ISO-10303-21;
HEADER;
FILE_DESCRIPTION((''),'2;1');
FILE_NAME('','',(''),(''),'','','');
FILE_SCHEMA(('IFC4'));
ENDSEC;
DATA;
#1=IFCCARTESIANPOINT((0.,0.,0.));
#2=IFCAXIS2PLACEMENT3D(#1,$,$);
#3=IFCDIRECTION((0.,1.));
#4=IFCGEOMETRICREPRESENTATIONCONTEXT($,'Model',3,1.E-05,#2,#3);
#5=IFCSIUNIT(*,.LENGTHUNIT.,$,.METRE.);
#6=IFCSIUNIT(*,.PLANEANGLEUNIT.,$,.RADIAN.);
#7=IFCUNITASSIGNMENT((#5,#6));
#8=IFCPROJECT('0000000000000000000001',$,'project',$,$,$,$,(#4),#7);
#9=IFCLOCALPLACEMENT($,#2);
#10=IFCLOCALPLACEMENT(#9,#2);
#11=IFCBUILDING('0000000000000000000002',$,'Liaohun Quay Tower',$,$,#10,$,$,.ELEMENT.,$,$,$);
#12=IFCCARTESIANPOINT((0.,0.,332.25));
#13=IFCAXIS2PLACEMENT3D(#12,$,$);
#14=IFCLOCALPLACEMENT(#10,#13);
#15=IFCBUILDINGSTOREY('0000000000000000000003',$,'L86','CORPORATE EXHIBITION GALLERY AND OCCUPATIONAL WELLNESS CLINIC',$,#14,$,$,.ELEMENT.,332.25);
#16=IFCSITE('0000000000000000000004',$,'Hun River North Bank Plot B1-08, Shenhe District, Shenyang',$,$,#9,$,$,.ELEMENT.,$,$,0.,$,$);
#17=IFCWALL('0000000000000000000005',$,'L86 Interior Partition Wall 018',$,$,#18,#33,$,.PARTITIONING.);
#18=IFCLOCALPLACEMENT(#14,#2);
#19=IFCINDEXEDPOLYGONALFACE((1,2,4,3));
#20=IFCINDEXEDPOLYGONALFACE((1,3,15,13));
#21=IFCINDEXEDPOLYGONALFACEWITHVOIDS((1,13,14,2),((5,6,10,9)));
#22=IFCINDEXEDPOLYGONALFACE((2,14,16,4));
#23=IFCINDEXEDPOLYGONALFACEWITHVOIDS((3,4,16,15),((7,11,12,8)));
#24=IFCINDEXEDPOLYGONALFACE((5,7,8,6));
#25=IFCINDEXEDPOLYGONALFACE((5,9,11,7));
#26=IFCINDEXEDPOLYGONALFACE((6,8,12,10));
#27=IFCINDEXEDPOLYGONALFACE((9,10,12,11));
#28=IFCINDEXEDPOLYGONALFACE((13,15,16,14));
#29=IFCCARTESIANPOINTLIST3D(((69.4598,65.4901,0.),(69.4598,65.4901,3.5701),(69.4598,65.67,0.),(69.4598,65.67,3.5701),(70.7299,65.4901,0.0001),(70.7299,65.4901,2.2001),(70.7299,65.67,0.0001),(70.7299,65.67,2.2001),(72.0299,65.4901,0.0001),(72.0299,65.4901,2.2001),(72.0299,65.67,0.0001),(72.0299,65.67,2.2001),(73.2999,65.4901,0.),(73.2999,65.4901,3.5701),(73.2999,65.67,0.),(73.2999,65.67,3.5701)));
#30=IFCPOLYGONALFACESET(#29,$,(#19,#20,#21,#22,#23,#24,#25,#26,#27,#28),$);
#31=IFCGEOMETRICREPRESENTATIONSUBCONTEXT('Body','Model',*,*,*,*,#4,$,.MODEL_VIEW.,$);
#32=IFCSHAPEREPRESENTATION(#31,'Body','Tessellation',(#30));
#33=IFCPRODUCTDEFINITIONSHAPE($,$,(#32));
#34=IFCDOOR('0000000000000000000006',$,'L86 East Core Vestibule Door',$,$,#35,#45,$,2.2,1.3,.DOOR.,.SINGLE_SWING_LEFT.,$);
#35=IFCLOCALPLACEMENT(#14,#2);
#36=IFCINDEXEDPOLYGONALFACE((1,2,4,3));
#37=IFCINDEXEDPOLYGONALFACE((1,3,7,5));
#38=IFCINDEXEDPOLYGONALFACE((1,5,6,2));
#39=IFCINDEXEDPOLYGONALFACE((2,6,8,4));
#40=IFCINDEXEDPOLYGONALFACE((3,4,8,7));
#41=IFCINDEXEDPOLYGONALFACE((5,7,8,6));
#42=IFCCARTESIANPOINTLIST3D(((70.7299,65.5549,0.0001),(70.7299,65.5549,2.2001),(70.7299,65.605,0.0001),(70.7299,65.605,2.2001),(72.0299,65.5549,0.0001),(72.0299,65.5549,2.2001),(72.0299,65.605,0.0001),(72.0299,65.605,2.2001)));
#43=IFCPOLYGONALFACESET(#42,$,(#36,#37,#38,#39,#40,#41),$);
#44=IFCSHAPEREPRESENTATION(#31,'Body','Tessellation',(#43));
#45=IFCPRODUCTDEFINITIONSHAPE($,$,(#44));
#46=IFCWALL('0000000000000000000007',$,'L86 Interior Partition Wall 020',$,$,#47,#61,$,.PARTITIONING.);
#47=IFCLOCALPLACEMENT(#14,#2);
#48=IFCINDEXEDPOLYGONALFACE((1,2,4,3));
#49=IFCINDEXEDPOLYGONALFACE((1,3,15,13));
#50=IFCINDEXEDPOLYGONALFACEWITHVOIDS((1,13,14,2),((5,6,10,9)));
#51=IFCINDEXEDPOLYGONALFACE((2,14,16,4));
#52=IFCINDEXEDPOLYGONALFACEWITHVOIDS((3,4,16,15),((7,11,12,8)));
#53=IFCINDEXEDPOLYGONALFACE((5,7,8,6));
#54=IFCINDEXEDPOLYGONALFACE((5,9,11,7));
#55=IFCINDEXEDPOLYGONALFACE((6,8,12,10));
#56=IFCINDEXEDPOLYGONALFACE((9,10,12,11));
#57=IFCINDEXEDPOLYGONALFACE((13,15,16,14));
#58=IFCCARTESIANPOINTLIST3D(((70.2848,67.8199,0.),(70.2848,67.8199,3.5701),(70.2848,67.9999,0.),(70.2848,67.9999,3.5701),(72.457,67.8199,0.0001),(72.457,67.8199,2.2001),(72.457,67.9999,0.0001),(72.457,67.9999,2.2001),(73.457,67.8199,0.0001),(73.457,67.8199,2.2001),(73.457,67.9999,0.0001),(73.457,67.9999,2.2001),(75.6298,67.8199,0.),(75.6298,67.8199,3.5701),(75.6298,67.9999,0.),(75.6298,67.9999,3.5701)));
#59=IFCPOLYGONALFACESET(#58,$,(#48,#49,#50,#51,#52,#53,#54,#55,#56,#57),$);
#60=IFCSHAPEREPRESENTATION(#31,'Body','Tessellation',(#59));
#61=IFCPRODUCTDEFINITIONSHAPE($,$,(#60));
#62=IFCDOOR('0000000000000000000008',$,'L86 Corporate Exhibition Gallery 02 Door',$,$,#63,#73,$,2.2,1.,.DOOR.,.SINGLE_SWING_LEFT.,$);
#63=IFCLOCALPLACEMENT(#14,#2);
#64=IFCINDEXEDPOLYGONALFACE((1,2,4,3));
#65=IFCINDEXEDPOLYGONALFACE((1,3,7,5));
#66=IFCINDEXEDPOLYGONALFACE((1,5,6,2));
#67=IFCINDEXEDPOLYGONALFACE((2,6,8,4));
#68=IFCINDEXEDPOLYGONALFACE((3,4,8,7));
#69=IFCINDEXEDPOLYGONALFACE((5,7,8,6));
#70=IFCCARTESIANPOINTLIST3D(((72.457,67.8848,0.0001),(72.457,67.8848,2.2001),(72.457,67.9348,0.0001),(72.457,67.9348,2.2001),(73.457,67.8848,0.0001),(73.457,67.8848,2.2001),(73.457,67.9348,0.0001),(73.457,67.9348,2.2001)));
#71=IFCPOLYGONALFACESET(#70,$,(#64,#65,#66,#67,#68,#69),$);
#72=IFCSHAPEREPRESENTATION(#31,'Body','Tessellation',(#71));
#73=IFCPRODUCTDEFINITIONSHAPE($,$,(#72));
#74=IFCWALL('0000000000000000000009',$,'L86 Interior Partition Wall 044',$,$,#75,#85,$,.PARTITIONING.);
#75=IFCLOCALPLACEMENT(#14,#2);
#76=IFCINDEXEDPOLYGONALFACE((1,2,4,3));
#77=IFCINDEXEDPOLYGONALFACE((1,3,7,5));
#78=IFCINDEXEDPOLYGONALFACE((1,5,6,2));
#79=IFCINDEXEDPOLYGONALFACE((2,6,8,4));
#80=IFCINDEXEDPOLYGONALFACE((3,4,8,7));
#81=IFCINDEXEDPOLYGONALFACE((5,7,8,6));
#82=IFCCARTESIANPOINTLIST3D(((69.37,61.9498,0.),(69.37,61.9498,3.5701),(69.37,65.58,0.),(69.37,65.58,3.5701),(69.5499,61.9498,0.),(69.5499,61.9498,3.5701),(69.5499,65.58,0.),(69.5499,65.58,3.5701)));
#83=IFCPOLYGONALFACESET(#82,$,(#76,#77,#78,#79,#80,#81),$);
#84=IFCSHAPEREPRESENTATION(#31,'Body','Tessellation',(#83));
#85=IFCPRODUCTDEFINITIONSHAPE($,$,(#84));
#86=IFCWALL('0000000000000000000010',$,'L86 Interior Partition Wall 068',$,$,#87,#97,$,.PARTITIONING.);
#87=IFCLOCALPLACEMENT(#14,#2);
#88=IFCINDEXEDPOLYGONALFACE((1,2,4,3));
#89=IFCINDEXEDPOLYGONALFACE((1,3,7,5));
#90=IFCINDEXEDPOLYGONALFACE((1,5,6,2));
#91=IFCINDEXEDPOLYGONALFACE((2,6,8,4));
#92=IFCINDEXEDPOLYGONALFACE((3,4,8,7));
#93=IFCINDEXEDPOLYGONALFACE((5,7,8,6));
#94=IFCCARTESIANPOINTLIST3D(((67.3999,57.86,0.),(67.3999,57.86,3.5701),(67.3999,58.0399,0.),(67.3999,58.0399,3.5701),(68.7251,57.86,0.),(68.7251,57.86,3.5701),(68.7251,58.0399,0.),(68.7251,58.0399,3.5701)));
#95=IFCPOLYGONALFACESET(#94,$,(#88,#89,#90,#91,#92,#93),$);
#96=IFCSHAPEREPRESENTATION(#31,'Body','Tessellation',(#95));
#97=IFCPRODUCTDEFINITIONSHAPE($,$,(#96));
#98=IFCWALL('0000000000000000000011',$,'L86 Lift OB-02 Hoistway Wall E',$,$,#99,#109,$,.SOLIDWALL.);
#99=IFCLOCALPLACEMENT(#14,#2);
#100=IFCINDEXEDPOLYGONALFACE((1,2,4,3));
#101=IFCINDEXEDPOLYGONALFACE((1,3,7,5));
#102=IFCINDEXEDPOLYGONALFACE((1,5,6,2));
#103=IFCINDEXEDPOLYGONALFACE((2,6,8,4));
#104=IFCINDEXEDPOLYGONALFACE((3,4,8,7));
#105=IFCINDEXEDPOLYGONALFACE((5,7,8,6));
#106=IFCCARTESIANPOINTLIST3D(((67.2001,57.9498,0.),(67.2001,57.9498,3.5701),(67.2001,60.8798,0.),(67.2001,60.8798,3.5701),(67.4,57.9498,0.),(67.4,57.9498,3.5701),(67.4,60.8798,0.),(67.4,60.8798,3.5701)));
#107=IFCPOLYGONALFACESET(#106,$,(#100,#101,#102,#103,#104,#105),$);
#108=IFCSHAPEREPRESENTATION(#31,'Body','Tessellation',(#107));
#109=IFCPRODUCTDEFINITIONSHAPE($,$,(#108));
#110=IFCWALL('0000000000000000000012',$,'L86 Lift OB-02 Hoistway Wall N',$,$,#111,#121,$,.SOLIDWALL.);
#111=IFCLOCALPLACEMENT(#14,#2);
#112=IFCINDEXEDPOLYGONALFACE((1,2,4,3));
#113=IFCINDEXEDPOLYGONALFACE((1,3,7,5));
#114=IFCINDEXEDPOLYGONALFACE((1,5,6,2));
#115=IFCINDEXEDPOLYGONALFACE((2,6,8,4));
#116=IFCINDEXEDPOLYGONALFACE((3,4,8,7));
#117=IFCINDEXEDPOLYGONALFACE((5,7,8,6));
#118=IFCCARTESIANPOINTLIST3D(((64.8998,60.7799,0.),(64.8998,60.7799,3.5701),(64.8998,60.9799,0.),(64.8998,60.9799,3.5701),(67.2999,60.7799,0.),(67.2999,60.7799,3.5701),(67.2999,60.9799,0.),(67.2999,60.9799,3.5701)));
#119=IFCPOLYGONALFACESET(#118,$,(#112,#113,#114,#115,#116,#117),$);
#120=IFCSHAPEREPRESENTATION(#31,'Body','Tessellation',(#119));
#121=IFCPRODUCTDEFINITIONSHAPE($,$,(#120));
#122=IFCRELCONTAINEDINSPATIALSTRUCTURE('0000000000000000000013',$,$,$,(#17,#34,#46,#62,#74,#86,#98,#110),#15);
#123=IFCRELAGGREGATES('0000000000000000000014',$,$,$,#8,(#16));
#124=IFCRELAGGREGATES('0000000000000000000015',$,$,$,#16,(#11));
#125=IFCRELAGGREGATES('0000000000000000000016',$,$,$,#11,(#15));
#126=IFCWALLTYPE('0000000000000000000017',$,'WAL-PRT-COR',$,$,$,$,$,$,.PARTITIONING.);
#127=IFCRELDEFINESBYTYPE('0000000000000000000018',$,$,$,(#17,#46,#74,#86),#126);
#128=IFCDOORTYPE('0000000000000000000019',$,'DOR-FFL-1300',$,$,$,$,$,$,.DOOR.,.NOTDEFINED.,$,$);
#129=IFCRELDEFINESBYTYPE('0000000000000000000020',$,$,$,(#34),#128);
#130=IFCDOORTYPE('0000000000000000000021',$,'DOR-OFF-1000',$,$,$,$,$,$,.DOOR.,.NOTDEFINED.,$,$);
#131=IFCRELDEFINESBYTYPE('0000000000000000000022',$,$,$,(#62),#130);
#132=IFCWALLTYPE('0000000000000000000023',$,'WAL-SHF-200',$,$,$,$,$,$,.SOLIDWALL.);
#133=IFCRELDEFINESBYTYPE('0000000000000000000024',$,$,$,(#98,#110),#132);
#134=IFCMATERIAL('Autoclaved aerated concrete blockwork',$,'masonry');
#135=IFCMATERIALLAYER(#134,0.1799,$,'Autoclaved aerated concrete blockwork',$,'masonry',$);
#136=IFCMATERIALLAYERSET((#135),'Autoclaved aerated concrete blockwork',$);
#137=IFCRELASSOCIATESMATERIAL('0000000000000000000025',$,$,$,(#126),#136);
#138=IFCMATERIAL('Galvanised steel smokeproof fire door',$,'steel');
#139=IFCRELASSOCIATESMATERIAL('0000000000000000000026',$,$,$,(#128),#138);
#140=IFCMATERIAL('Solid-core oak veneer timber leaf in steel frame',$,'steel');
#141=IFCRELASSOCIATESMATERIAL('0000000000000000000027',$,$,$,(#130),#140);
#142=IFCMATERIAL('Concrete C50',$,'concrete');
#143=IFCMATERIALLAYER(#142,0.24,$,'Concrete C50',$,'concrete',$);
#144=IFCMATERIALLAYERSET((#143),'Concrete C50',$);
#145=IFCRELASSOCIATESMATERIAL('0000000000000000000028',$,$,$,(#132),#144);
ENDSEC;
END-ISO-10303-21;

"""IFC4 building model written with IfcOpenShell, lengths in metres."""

from ifc_helpers import new_model, si_unit, direction, frame, frame_2d, origin, place, context, subcontext, project, spatial, rectangle, extrude, source, transform, mapped, material, layer, layer_set, type_object, element, fill, save


model = new_model("IFC4")

# Units and contexts
model_context = context("Model", 3, precision=1e-05, world=origin(), true_north=direction((0.0, 1.0)))
body_context = subcontext(model_context, "Body", "Model", "MODEL_VIEW")
ifc_project = project(units=[si_unit("LENGTHUNIT", "METRE"), si_unit("PLANEANGLEUNIT", "RADIAN")], contexts=[model_context])

# Site, building, storey
site_placement = place(None, origin())
site = spatial("IfcSite", under=ifc_project, at=site_placement, Name="Hun River North Bank Plot B1-08, Shenhe District, Shenyang", CompositionType="ELEMENT", RefElevation=0.0)
building_placement = place(site_placement, origin())
building = spatial("IfcBuilding", under=site, at=building_placement, Name="Liaohun Quay Tower", CompositionType="ELEMENT")
storey_placement = place(building_placement, frame((0.0, 0.0, 332.25)))
storey = spatial("IfcBuildingStorey", under=building, at=storey_placement, Name="L86", Description="CORPORATE EXHIBITION GALLERY AND OCCUPATIONAL WELLNESS CLINIC", CompositionType="ELEMENT", Elevation=332.25)

# Shared definitions
ifc_material_1 = material(Name="Concrete C50", Category="concrete")

# Walls, openings, doors
ifc_material_2 = material(Name="Autoclaved aerated concrete blockwork", Category="masonry")
ifc_layer_1 = layer(ifc_material_2, 0.1799, Name="Autoclaved aerated concrete blockwork", Category="masonry")
ifc_layer_set_1 = layer_set([ifc_layer_1], Name="Autoclaved aerated concrete blockwork")
wall_type_1 = type_object("IfcWallType", Name="WAL-PRT-COR", PredefinedType="PARTITIONING", material=ifc_layer_set_1)
wall_1_placement = place(storey_placement, frame((69.46, 65.5801, 0.0), z_axis=(0.0, 0.0, 1.0), x_axis=(1.0, 0.0, 0.0)))
wall_1 = element("IfcWall", 1, at=wall_1_placement, inside=storey, type_object=wall_type_1, Name="L86 Interior Partition Wall 018", PredefinedType="PARTITIONING", context=body_context, shape_type="SweptSolid", body=[
    extrude(rectangle(XDim=3.8401, YDim=0.1799, at=frame_2d((1.9199, 0.0))), origin(), (0.0, 0.0, 1.0), 3.5701),
])
shared_shape_1 = source(origin(), body_context, "Body", "SweptSolid", [
    extrude(rectangle(XDim=1.3, YDim=2.2, at=frame_2d((0.6499, 1.1001))), frame((0.0, 0.0999, 0.0), z_axis=(0.0, -1.0, 0.0), x_axis=(1.0, 0.0, 0.0)), (0.0, 0.0, 1.0), 0.2),
])
opening_1_placement = place(wall_1_placement, frame((1.27, 0.0, 0.0)))
opening_1 = element("IfcOpeningElement", 2, at=opening_1_placement, cuts=wall_1, PredefinedType="OPENING", context=body_context, shape_type="MappedRepresentation", body=[
    mapped(shared_shape_1, transform((0.0, 0.0, 0.0), x_axis=(1.0, 0.0, 0.0), y_axis=(0.0, 1.0, 0.0), z_axis=(0.0, 0.0, 1.0), scale=1.0)),
])
ifc_material_3 = material(Name="Galvanised steel smokeproof fire door", Category="steel")
door_type_1 = type_object("IfcDoorType", Name="DOR-FFL-1300", OperationType="NOTDEFINED", PredefinedType="DOOR", material=ifc_material_3)
shared_shape_2 = source(origin(), body_context, "Body", "SweptSolid", [
    extrude(rectangle(XDim=1.3, YDim=2.2, at=frame_2d((0.6499, 1.1001))), frame((0.0, 0.0249, 0.0), z_axis=(0.0, -1.0, 0.0), x_axis=(1.0, 0.0, 0.0)), (0.0, 0.0, 1.0), 0.05),
])
door_1_placement = place(opening_1_placement, origin())
door_1 = element("IfcDoor", 3, at=door_1_placement, inside=storey, type_object=door_type_1, Name="L86 East Core Vestibule Door", OperationType="SINGLE_SWING_LEFT", OverallHeight=2.2, OverallWidth=1.3, PredefinedType="DOOR", context=body_context, shape_type="MappedRepresentation", body=[
    mapped(shared_shape_2, transform((0.0, 0.0, 0.0), x_axis=(1.0, 0.0, 0.0), y_axis=(0.0, 1.0, 0.0), z_axis=(0.0, 0.0, 1.0), scale=1.0)),
])
fill(opening_1, door_1)
wall_2_placement = place(storey_placement, frame((70.2849, 67.9099, 0.0), z_axis=(0.0, 0.0, 1.0), x_axis=(1.0, 0.0, 0.0)))
wall_2 = element("IfcWall", 4, at=wall_2_placement, inside=storey, type_object=wall_type_1, Name="L86 Interior Partition Wall 020", PredefinedType="PARTITIONING", context=body_context, shape_type="SweptSolid", body=[
    extrude(rectangle(XDim=5.345, YDim=0.1799, at=frame_2d((2.6724, 0.0))), origin(), (0.0, 0.0, 1.0), 3.5701),
])
shared_shape_3 = source(origin(), body_context, "Body", "SweptSolid", [
    extrude(rectangle(XDim=1.0, YDim=2.2, at=frame_2d((0.5, 1.1001))), frame((0.0, 0.0999, 0.0), z_axis=(0.0, -1.0, 0.0), x_axis=(1.0, 0.0, 0.0)), (0.0, 0.0, 1.0), 0.2),
])
opening_2_placement = place(wall_2_placement, frame((2.1721, 0.0, 0.0)))
opening_2 = element("IfcOpeningElement", 5, at=opening_2_placement, cuts=wall_2, PredefinedType="OPENING", context=body_context, shape_type="MappedRepresentation", body=[
    mapped(shared_shape_3, transform((0.0, 0.0, 0.0), x_axis=(1.0, 0.0, 0.0), y_axis=(0.0, 1.0, 0.0), z_axis=(0.0, 0.0, 1.0), scale=1.0)),
])
ifc_material_4 = material(Name="Solid-core oak veneer timber leaf in steel frame", Category="steel")
door_type_2 = type_object("IfcDoorType", Name="DOR-OFF-1000", OperationType="NOTDEFINED", PredefinedType="DOOR", material=ifc_material_4)
shared_shape_4 = source(origin(), body_context, "Body", "SweptSolid", [
    extrude(rectangle(XDim=1.0, YDim=2.2, at=frame_2d((0.5, 1.1001))), frame((0.0, 0.0249, 0.0), z_axis=(0.0, -1.0, 0.0), x_axis=(1.0, 0.0, 0.0)), (0.0, 0.0, 1.0), 0.05),
])
door_2_placement = place(opening_2_placement, origin())
door_2 = element("IfcDoor", 6, at=door_2_placement, inside=storey, type_object=door_type_2, Name="L86 Corporate Exhibition Gallery 02 Door", OperationType="SINGLE_SWING_LEFT", OverallHeight=2.2, OverallWidth=1.0, PredefinedType="DOOR", context=body_context, shape_type="MappedRepresentation", body=[
    mapped(shared_shape_4, transform((0.0, 0.0, 0.0), x_axis=(1.0, 0.0, 0.0), y_axis=(0.0, 1.0, 0.0), z_axis=(0.0, 0.0, 1.0), scale=1.0)),
])
fill(opening_2, door_2)

# Walls
wall_3_placement = place(storey_placement, frame((69.46, 61.95, 0.0), z_axis=(0.0, 0.0, 1.0), x_axis=(0.0, 1.0, 0.0)))
element("IfcWall", 7, at=wall_3_placement, inside=storey, type_object=wall_type_1, Name="L86 Interior Partition Wall 044", PredefinedType="PARTITIONING", context=body_context, shape_type="SweptSolid", body=[
    extrude(rectangle(XDim=3.6301, YDim=0.1799, at=frame_2d((1.8149, 0.0))), origin(), (0.0, 0.0, 1.0), 3.5701),
])
wall_4_placement = place(storey_placement, frame((67.3999, 57.95, 0.0), z_axis=(0.0, 0.0, 1.0), x_axis=(1.0, 0.0, 0.0)))
element("IfcWall", 8, at=wall_4_placement, inside=storey, type_object=wall_type_1, Name="L86 Interior Partition Wall 068", PredefinedType="PARTITIONING", context=body_context, shape_type="SweptSolid", body=[
    extrude(rectangle(XDim=1.3252, YDim=0.1799, at=frame_2d((0.6626, 0.0))), origin(), (0.0, 0.0, 1.0), 3.5701),
])
ifc_layer_2 = layer(ifc_material_1, 0.24, Name="Concrete C50", Category="concrete")
ifc_layer_set_2 = layer_set([ifc_layer_2], Name="Concrete C50")
wall_type_2 = type_object("IfcWallType", Name="WAL-SHF-200", PredefinedType="SOLIDWALL", material=ifc_layer_set_2)
wall_5_placement = place(storey_placement, frame((67.3, 57.95, 0.0), z_axis=(0.0, 0.0, 1.0), x_axis=(0.0, 1.0, 0.0)))
element("IfcWall", 9, at=wall_5_placement, inside=storey, type_object=wall_type_2, Name="L86 Lift OB-02 Hoistway Wall E", PredefinedType="SOLIDWALL", context=body_context, shape_type="SweptSolid", body=[
    extrude(rectangle(XDim=2.9299, YDim=0.2, at=frame_2d((1.4648, 0.0))), origin(), (0.0, 0.0, 1.0), 3.5701),
])
wall_6_placement = place(storey_placement, frame((67.3, 60.8799, 0.0), z_axis=(0.0, 0.0, 1.0), x_axis=(-1.0, 0.0, 0.0)))
element("IfcWall", 10, at=wall_6_placement, inside=storey, type_object=wall_type_2, Name="L86 Lift OB-02 Hoistway Wall N", PredefinedType="SOLIDWALL", context=body_context, shape_type="SweptSolid", body=[
    extrude(rectangle(XDim=2.4001, YDim=0.2, at=frame_2d((1.2002, 0.0))), origin(), (0.0, 0.0, 1.0), 3.5701),
])

save(model, "model.ifc")
